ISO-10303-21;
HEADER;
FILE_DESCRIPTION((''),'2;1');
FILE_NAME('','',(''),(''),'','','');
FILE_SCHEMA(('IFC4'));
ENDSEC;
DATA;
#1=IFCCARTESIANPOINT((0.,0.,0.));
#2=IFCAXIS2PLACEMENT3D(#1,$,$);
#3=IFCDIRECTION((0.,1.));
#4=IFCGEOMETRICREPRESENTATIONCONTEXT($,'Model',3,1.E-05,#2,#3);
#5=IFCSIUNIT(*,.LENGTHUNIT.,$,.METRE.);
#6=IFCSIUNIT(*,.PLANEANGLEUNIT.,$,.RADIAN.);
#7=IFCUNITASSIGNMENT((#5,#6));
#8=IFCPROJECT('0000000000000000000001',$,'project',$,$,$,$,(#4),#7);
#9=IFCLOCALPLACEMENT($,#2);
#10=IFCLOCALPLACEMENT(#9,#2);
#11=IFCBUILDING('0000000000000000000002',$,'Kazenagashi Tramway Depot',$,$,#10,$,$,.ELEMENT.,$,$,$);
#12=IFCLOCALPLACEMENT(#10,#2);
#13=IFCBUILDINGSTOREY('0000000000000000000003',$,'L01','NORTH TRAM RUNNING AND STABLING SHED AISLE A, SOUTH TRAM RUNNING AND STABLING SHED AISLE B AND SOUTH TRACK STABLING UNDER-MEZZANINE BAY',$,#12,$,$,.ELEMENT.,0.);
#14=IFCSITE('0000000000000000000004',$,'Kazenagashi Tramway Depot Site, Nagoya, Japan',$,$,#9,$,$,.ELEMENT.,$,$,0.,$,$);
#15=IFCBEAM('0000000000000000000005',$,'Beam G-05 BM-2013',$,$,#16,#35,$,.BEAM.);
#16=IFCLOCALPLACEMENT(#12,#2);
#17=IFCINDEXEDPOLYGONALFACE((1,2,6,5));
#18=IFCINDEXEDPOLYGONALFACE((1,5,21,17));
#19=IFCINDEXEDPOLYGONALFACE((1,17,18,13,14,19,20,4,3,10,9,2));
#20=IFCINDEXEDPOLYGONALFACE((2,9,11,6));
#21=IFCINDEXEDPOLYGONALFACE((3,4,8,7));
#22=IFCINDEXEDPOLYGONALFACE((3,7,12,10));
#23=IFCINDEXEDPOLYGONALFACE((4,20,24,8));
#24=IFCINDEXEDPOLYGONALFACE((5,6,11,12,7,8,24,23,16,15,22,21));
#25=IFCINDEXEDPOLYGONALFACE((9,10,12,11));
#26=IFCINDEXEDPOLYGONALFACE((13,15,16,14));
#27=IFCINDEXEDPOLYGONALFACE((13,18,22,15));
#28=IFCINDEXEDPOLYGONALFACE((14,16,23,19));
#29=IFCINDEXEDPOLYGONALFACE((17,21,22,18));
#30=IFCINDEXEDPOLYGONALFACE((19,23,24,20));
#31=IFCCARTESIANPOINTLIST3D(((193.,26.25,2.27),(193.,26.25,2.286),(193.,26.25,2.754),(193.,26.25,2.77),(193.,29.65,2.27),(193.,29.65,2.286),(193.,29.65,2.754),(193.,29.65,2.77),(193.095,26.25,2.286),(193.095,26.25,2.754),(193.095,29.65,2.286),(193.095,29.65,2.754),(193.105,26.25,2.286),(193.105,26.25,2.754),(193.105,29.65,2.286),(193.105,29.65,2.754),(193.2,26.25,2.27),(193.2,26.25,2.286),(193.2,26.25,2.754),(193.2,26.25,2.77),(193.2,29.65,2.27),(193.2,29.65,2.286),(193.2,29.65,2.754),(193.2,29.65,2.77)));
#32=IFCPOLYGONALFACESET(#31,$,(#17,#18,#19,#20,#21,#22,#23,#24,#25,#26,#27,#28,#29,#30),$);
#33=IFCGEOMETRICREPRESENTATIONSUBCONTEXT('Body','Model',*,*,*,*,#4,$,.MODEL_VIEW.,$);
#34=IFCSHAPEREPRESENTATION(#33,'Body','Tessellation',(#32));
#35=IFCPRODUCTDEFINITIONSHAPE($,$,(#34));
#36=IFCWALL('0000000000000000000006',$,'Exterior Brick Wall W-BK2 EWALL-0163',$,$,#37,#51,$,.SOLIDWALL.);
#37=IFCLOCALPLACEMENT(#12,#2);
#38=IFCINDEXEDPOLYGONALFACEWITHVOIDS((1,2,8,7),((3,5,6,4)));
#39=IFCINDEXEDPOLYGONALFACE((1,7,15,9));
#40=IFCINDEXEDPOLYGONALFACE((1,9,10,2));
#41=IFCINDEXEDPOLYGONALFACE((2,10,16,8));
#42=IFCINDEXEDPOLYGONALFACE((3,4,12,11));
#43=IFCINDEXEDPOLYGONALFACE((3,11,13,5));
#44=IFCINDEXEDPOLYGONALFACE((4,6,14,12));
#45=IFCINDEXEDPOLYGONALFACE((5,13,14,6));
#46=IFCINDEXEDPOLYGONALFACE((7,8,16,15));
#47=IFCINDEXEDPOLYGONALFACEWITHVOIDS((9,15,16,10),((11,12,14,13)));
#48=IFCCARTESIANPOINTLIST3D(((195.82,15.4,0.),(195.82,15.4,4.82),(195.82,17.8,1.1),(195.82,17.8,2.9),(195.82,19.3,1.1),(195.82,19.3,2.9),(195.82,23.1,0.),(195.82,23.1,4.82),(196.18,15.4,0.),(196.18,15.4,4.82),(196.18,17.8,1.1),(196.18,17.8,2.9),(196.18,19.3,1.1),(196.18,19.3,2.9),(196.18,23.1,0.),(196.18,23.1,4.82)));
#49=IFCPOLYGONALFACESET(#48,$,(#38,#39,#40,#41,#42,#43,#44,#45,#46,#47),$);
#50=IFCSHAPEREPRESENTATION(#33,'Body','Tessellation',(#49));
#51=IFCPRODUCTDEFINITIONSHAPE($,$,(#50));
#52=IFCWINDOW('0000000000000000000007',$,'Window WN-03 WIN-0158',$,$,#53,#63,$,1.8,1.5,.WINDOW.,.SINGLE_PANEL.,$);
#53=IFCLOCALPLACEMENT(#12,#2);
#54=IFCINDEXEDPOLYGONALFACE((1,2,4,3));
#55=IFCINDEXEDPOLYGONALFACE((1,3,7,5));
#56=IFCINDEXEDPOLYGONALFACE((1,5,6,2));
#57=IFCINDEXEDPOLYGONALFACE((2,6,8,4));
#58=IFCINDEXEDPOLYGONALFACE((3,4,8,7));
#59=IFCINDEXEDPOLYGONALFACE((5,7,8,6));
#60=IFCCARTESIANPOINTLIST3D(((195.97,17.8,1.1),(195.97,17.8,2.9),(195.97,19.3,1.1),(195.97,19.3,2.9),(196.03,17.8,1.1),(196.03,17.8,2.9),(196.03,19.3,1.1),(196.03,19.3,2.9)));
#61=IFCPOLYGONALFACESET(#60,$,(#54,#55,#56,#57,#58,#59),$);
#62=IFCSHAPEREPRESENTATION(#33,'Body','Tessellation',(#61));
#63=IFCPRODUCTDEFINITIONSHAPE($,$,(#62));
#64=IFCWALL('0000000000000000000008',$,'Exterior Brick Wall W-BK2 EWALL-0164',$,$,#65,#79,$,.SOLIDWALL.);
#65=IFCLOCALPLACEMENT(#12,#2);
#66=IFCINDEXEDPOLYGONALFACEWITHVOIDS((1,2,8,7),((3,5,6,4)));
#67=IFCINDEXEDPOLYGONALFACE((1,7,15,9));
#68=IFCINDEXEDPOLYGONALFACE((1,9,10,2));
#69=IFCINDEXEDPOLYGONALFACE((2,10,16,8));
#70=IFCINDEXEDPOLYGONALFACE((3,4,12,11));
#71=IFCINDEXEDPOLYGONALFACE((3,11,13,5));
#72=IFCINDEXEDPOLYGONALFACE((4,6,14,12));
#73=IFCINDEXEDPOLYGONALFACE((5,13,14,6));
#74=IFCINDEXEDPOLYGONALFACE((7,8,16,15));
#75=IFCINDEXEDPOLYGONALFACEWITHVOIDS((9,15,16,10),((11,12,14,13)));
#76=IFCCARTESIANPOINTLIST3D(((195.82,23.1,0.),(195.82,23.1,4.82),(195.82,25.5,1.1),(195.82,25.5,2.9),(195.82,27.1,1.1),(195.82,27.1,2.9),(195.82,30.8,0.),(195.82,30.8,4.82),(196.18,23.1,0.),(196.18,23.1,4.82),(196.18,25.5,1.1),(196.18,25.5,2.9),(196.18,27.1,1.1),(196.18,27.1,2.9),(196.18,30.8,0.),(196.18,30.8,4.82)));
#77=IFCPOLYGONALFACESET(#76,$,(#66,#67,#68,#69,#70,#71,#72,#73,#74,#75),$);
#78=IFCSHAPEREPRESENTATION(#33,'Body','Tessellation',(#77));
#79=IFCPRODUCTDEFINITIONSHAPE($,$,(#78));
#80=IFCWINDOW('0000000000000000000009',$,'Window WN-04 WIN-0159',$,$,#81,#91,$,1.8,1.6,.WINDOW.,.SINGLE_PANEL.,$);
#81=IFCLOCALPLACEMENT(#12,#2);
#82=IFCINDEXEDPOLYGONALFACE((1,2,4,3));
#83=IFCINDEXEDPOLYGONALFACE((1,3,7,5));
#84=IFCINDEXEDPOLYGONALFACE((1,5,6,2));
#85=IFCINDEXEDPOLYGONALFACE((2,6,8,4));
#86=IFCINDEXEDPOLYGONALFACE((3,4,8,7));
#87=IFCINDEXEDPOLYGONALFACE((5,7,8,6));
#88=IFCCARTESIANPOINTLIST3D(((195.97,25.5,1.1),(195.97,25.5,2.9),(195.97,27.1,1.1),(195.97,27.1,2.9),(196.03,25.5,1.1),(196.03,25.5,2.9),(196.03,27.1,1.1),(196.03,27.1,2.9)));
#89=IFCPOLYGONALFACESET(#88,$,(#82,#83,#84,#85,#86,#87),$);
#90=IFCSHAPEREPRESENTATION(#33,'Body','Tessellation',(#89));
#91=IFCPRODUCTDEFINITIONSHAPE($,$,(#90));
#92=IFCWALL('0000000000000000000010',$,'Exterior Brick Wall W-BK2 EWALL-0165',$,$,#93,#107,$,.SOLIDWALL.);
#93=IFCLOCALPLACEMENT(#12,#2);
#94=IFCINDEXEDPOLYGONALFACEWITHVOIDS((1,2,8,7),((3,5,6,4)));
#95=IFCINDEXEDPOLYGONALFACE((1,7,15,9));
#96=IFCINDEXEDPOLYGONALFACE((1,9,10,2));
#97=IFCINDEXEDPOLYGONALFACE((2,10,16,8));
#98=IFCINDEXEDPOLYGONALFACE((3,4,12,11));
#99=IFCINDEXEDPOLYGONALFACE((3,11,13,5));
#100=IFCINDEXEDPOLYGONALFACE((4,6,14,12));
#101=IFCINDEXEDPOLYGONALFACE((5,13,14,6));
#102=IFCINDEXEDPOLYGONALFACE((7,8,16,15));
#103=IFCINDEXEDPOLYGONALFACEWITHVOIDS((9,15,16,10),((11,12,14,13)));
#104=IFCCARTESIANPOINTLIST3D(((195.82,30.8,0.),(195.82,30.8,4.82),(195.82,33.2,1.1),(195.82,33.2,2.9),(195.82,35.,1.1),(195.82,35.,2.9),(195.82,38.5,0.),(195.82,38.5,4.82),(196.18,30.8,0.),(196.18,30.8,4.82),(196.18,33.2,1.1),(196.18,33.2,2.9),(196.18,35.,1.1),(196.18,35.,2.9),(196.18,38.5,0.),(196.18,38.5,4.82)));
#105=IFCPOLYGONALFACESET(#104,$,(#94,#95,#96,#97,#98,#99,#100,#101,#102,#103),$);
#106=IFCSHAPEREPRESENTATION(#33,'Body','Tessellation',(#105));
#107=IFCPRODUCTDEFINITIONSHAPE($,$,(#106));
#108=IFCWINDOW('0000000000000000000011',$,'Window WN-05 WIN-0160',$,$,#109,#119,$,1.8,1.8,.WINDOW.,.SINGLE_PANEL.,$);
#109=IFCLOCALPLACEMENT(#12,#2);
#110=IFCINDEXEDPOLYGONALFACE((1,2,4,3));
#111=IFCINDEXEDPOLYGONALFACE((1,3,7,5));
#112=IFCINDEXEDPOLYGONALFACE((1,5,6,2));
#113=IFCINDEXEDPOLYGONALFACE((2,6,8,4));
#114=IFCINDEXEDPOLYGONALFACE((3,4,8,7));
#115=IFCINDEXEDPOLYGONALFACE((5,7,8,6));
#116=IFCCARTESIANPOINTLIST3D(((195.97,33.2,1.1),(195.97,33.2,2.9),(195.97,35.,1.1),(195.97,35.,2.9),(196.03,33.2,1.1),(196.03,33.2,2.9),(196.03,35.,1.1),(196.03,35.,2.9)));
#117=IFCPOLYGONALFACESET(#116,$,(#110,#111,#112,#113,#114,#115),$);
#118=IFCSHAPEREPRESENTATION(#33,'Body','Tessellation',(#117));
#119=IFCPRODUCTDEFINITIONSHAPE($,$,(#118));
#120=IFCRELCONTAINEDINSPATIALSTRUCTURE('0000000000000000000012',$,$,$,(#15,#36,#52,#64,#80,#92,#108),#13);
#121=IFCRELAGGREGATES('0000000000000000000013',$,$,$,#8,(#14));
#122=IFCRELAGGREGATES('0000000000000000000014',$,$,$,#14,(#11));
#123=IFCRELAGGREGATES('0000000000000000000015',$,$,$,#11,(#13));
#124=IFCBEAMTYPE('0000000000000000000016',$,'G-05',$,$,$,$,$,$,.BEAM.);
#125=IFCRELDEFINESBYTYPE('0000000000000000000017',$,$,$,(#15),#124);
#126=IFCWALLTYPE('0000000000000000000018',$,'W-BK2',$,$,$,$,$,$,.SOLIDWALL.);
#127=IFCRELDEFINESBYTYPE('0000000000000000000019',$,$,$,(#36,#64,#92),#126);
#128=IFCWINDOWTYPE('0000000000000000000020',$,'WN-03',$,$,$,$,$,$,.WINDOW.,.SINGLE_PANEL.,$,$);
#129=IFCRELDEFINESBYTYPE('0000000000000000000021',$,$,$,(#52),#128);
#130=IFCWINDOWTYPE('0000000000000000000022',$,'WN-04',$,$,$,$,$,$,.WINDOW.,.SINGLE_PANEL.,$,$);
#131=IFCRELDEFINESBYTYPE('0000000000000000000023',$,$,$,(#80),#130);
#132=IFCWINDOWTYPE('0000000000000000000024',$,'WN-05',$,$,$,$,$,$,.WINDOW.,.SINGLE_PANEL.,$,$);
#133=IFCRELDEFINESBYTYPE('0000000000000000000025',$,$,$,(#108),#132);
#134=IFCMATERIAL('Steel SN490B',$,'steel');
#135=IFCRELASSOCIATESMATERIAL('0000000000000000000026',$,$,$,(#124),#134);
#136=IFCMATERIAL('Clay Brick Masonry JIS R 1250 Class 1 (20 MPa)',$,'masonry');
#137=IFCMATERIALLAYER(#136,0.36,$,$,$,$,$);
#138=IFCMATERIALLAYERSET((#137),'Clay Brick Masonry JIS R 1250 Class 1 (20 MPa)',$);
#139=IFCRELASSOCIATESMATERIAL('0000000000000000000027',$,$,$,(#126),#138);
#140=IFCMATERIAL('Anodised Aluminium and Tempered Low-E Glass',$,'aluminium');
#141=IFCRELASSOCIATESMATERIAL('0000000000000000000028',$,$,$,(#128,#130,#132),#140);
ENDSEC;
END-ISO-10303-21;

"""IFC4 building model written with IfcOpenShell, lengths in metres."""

from ifc_helpers import new_model, si_unit, direction, frame, frame_2d, origin, origin_2d, place, context, subcontext, project, spatial, rectangle, i_section, extrude, material, layer, layer_set, material_profile, profile_set, type_object, element, fill, save


model = new_model("IFC4")

# Units and contexts
model_context = context("Model", 3, precision=1e-05, world=origin(), true_north=direction((0.0, 1.0)))
body_context = subcontext(model_context, "Body", "Model", "MODEL_VIEW")
ifc_project = project(units=[si_unit("LENGTHUNIT", "METRE"), si_unit("PLANEANGLEUNIT", "RADIAN")], contexts=[model_context])

# Site, building, storey
site_placement = place(None, origin())
site = spatial("IfcSite", under=ifc_project, at=site_placement, Name="Kazenagashi Tramway Depot Site, Nagoya, Japan", CompositionType="ELEMENT", RefElevation=0.0)
building_placement = place(site_placement, origin())
building = spatial("IfcBuilding", under=site, at=building_placement, Name="Kazenagashi Tramway Depot", CompositionType="ELEMENT")
storey_placement = place(building_placement, origin())
storey = spatial("IfcBuildingStorey", under=building, at=storey_placement, Name="L01", Description="NORTH TRAM RUNNING AND STABLING SHED AISLE A, SOUTH TRAM RUNNING AND STABLING SHED AISLE B AND SOUTH TRACK STABLING UNDER-MEZZANINE BAY", CompositionType="ELEMENT", Elevation=0.0)

# Shared definitions
ifc_material_1 = material(Name="Steel SN490B", Category="steel")

# Beam
ifc_material_profile_1 = material_profile(ifc_material_1, i_section(OverallWidth=0.2, OverallDepth=0.5, WebThickness=0.01, FlangeThickness=0.016, at=origin_2d()), Name="H-500x200x10x16")
ifc_profile_set_1 = profile_set([ifc_material_profile_1], Name="Steel SN490B")
beam_type = type_object("IfcBeamType", Name="G-05", PredefinedType="BEAM", material=ifc_profile_set_1)
for number, where, z_axis, x_axis, name in (
    (1, (193.1, 26.25, 2.52), (0.0, 1.0, 0.0), (-1.0, 0.0, 0.0), "Beam G-05 BM-2013"),
):
    element("IfcBeam", number, at=place(storey_placement, frame(where, z_axis=z_axis, x_axis=x_axis)), inside=storey, type_object=beam_type, Name=name, PredefinedType="BEAM", context=body_context, shape_type="SweptSolid", body=[
        extrude(i_section(OverallWidth=0.2, OverallDepth=0.5, WebThickness=0.01, FlangeThickness=0.016, at=origin_2d()), origin(), (0.0, 0.0, 1.0), 3.4),
    ])

# Walls, openings, windows
ifc_material_2 = material(Name="Clay Brick Masonry JIS R 1250 Class 1 (20 MPa)", Category="masonry")
ifc_layer = layer(ifc_material_2, 0.36)
ifc_layer_set = layer_set([ifc_layer], Name="Clay Brick Masonry JIS R 1250 Class 1 (20 MPa)")
wall_type = type_object("IfcWallType", Name="W-BK2", PredefinedType="SOLIDWALL", material=ifc_layer_set)
wall_1_placement = place(storey_placement, frame((196.0, 15.4, 0.0), z_axis=(0.0, 0.0, 1.0), x_axis=(0.0, 1.0, 0.0)))
wall_1 = element("IfcWall", 2, at=wall_1_placement, inside=storey, type_object=wall_type, Name="Exterior Brick Wall W-BK2 EWALL-0163", PredefinedType="SOLIDWALL", context=body_context, shape_type="SweptSolid", body=[
    extrude(rectangle(XDim=7.7, YDim=0.36, at=frame_2d((3.85, 0.0))), origin(), (0.0, 0.0, 1.0), 4.82),
])
opening_1_placement = place(wall_1_placement, frame((2.4, 0.0, 1.1)))
opening_1 = element("IfcOpeningElement", 3, at=opening_1_placement, cuts=wall_1, PredefinedType="OPENING", context=body_context, shape_type="SweptSolid", body=[
    extrude(rectangle(XDim=1.5, YDim=1.8, at=frame_2d((0.75, 0.9))), frame((0.0, 0.19, 0.0), z_axis=(0.0, -1.0, 0.0), x_axis=(1.0, 0.0, 0.0)), (0.0, 0.0, 1.0), 0.38),
])
ifc_material_3 = material(Name="Anodised Aluminium and Tempered Low-E Glass", Category="aluminium")
window_type_1 = type_object("IfcWindowType", Name="WN-03", PartitioningType="SINGLE_PANEL", PredefinedType="WINDOW", material=ifc_material_3)
window_1_placement = place(opening_1_placement, origin())
window_1 = element("IfcWindow", 4, at=window_1_placement, inside=storey, type_object=window_type_1, Name="Window WN-03 WIN-0158", OverallHeight=1.8, OverallWidth=1.5, PartitioningType="SINGLE_PANEL", PredefinedType="WINDOW", context=body_context, shape_type="SweptSolid", body=[
    extrude(rectangle(XDim=1.5, YDim=1.8, at=frame_2d((0.75, 0.9))), frame((0.0, 0.03, 0.0), z_axis=(0.0, -1.0, 0.0), x_axis=(1.0, 0.0, 0.0)), (0.0, 0.0, 1.0), 0.06),
])
fill(opening_1, window_1)
wall_2_placement = place(storey_placement, frame((196.0, 23.1, 0.0), z_axis=(0.0, 0.0, 1.0), x_axis=(0.0, 1.0, 0.0)))
wall_2 = element("IfcWall", 5, at=wall_2_placement, inside=storey, type_object=wall_type, Name="Exterior Brick Wall W-BK2 EWALL-0164", PredefinedType="SOLIDWALL", context=body_context, shape_type="SweptSolid", body=[
    extrude(rectangle(XDim=7.7, YDim=0.36, at=frame_2d((3.85, 0.0))), origin(), (0.0, 0.0, 1.0), 4.82),
])
opening_2_placement = place(wall_2_placement, frame((2.4, 0.0, 1.1)))
opening_2 = element("IfcOpeningElement", 6, at=opening_2_placement, cuts=wall_2, PredefinedType="OPENING", context=body_context, shape_type="SweptSolid", body=[
    extrude(rectangle(XDim=1.6, YDim=1.8, at=frame_2d((0.8, 0.9))), frame((0.0, 0.19, 0.0), z_axis=(0.0, -1.0, 0.0), x_axis=(1.0, 0.0, 0.0)), (0.0, 0.0, 1.0), 0.38),
])
window_type_2 = type_object("IfcWindowType", Name="WN-04", PartitioningType="SINGLE_PANEL", PredefinedType="WINDOW", material=ifc_material_3)
window_2_placement = place(opening_2_placement, origin())
window_2 = element("IfcWindow", 7, at=window_2_placement, inside=storey, type_object=window_type_2, Name="Window WN-04 WIN-0159", OverallHeight=1.8, OverallWidth=1.6, PartitioningType="SINGLE_PANEL", PredefinedType="WINDOW", context=body_context, shape_type="SweptSolid", body=[
    extrude(rectangle(XDim=1.6, YDim=1.8, at=frame_2d((0.8, 0.9))), frame((0.0, 0.03, 0.0), z_axis=(0.0, -1.0, 0.0), x_axis=(1.0, 0.0, 0.0)), (0.0, 0.0, 1.0), 0.06),
])
fill(opening_2, window_2)
wall_3_placement = place(storey_placement, frame((196.0, 30.8, 0.0), z_axis=(0.0, 0.0, 1.0), x_axis=(0.0, 1.0, 0.0)))
wall_3 = element("IfcWall", 8, at=wall_3_placement, inside=storey, type_object=wall_type, Name="Exterior Brick Wall W-BK2 EWALL-0165", PredefinedType="SOLIDWALL", context=body_context, shape_type="SweptSolid", body=[
    extrude(rectangle(XDim=7.7, YDim=0.36, at=frame_2d((3.85, 0.0))), origin(), (0.0, 0.0, 1.0), 4.82),
])
opening_3_placement = place(wall_3_placement, frame((2.4, 0.0, 1.1)))
opening_3 = element("IfcOpeningElement", 9, at=opening_3_placement, cuts=wall_3, PredefinedType="OPENING", context=body_context, shape_type="SweptSolid", body=[
    extrude(rectangle(XDim=1.8, YDim=1.8, at=frame_2d((0.9, 0.9))), frame((0.0, 0.19, 0.0), z_axis=(0.0, -1.0, 0.0), x_axis=(1.0, 0.0, 0.0)), (0.0, 0.0, 1.0), 0.38),
])
window_type_3 = type_object("IfcWindowType", Name="WN-05", PartitioningType="SINGLE_PANEL", PredefinedType="WINDOW", material=ifc_material_3)
window_3_placement = place(opening_3_placement, origin())
window_3 = element("IfcWindow", 10, at=window_3_placement, inside=storey, type_object=window_type_3, Name="Window WN-05 WIN-0160", OverallHeight=1.8, OverallWidth=1.8, PartitioningType="SINGLE_PANEL", PredefinedType="WINDOW", context=body_context, shape_type="SweptSolid", body=[
    extrude(rectangle(XDim=1.8, YDim=1.8, at=frame_2d((0.9, 0.9))), frame((0.0, 0.03, 0.0), z_axis=(0.0, -1.0, 0.0), x_axis=(1.0, 0.0, 0.0)), (0.0, 0.0, 1.0), 0.06),
])
fill(opening_3, window_3)

save(model, "model.ifc")
